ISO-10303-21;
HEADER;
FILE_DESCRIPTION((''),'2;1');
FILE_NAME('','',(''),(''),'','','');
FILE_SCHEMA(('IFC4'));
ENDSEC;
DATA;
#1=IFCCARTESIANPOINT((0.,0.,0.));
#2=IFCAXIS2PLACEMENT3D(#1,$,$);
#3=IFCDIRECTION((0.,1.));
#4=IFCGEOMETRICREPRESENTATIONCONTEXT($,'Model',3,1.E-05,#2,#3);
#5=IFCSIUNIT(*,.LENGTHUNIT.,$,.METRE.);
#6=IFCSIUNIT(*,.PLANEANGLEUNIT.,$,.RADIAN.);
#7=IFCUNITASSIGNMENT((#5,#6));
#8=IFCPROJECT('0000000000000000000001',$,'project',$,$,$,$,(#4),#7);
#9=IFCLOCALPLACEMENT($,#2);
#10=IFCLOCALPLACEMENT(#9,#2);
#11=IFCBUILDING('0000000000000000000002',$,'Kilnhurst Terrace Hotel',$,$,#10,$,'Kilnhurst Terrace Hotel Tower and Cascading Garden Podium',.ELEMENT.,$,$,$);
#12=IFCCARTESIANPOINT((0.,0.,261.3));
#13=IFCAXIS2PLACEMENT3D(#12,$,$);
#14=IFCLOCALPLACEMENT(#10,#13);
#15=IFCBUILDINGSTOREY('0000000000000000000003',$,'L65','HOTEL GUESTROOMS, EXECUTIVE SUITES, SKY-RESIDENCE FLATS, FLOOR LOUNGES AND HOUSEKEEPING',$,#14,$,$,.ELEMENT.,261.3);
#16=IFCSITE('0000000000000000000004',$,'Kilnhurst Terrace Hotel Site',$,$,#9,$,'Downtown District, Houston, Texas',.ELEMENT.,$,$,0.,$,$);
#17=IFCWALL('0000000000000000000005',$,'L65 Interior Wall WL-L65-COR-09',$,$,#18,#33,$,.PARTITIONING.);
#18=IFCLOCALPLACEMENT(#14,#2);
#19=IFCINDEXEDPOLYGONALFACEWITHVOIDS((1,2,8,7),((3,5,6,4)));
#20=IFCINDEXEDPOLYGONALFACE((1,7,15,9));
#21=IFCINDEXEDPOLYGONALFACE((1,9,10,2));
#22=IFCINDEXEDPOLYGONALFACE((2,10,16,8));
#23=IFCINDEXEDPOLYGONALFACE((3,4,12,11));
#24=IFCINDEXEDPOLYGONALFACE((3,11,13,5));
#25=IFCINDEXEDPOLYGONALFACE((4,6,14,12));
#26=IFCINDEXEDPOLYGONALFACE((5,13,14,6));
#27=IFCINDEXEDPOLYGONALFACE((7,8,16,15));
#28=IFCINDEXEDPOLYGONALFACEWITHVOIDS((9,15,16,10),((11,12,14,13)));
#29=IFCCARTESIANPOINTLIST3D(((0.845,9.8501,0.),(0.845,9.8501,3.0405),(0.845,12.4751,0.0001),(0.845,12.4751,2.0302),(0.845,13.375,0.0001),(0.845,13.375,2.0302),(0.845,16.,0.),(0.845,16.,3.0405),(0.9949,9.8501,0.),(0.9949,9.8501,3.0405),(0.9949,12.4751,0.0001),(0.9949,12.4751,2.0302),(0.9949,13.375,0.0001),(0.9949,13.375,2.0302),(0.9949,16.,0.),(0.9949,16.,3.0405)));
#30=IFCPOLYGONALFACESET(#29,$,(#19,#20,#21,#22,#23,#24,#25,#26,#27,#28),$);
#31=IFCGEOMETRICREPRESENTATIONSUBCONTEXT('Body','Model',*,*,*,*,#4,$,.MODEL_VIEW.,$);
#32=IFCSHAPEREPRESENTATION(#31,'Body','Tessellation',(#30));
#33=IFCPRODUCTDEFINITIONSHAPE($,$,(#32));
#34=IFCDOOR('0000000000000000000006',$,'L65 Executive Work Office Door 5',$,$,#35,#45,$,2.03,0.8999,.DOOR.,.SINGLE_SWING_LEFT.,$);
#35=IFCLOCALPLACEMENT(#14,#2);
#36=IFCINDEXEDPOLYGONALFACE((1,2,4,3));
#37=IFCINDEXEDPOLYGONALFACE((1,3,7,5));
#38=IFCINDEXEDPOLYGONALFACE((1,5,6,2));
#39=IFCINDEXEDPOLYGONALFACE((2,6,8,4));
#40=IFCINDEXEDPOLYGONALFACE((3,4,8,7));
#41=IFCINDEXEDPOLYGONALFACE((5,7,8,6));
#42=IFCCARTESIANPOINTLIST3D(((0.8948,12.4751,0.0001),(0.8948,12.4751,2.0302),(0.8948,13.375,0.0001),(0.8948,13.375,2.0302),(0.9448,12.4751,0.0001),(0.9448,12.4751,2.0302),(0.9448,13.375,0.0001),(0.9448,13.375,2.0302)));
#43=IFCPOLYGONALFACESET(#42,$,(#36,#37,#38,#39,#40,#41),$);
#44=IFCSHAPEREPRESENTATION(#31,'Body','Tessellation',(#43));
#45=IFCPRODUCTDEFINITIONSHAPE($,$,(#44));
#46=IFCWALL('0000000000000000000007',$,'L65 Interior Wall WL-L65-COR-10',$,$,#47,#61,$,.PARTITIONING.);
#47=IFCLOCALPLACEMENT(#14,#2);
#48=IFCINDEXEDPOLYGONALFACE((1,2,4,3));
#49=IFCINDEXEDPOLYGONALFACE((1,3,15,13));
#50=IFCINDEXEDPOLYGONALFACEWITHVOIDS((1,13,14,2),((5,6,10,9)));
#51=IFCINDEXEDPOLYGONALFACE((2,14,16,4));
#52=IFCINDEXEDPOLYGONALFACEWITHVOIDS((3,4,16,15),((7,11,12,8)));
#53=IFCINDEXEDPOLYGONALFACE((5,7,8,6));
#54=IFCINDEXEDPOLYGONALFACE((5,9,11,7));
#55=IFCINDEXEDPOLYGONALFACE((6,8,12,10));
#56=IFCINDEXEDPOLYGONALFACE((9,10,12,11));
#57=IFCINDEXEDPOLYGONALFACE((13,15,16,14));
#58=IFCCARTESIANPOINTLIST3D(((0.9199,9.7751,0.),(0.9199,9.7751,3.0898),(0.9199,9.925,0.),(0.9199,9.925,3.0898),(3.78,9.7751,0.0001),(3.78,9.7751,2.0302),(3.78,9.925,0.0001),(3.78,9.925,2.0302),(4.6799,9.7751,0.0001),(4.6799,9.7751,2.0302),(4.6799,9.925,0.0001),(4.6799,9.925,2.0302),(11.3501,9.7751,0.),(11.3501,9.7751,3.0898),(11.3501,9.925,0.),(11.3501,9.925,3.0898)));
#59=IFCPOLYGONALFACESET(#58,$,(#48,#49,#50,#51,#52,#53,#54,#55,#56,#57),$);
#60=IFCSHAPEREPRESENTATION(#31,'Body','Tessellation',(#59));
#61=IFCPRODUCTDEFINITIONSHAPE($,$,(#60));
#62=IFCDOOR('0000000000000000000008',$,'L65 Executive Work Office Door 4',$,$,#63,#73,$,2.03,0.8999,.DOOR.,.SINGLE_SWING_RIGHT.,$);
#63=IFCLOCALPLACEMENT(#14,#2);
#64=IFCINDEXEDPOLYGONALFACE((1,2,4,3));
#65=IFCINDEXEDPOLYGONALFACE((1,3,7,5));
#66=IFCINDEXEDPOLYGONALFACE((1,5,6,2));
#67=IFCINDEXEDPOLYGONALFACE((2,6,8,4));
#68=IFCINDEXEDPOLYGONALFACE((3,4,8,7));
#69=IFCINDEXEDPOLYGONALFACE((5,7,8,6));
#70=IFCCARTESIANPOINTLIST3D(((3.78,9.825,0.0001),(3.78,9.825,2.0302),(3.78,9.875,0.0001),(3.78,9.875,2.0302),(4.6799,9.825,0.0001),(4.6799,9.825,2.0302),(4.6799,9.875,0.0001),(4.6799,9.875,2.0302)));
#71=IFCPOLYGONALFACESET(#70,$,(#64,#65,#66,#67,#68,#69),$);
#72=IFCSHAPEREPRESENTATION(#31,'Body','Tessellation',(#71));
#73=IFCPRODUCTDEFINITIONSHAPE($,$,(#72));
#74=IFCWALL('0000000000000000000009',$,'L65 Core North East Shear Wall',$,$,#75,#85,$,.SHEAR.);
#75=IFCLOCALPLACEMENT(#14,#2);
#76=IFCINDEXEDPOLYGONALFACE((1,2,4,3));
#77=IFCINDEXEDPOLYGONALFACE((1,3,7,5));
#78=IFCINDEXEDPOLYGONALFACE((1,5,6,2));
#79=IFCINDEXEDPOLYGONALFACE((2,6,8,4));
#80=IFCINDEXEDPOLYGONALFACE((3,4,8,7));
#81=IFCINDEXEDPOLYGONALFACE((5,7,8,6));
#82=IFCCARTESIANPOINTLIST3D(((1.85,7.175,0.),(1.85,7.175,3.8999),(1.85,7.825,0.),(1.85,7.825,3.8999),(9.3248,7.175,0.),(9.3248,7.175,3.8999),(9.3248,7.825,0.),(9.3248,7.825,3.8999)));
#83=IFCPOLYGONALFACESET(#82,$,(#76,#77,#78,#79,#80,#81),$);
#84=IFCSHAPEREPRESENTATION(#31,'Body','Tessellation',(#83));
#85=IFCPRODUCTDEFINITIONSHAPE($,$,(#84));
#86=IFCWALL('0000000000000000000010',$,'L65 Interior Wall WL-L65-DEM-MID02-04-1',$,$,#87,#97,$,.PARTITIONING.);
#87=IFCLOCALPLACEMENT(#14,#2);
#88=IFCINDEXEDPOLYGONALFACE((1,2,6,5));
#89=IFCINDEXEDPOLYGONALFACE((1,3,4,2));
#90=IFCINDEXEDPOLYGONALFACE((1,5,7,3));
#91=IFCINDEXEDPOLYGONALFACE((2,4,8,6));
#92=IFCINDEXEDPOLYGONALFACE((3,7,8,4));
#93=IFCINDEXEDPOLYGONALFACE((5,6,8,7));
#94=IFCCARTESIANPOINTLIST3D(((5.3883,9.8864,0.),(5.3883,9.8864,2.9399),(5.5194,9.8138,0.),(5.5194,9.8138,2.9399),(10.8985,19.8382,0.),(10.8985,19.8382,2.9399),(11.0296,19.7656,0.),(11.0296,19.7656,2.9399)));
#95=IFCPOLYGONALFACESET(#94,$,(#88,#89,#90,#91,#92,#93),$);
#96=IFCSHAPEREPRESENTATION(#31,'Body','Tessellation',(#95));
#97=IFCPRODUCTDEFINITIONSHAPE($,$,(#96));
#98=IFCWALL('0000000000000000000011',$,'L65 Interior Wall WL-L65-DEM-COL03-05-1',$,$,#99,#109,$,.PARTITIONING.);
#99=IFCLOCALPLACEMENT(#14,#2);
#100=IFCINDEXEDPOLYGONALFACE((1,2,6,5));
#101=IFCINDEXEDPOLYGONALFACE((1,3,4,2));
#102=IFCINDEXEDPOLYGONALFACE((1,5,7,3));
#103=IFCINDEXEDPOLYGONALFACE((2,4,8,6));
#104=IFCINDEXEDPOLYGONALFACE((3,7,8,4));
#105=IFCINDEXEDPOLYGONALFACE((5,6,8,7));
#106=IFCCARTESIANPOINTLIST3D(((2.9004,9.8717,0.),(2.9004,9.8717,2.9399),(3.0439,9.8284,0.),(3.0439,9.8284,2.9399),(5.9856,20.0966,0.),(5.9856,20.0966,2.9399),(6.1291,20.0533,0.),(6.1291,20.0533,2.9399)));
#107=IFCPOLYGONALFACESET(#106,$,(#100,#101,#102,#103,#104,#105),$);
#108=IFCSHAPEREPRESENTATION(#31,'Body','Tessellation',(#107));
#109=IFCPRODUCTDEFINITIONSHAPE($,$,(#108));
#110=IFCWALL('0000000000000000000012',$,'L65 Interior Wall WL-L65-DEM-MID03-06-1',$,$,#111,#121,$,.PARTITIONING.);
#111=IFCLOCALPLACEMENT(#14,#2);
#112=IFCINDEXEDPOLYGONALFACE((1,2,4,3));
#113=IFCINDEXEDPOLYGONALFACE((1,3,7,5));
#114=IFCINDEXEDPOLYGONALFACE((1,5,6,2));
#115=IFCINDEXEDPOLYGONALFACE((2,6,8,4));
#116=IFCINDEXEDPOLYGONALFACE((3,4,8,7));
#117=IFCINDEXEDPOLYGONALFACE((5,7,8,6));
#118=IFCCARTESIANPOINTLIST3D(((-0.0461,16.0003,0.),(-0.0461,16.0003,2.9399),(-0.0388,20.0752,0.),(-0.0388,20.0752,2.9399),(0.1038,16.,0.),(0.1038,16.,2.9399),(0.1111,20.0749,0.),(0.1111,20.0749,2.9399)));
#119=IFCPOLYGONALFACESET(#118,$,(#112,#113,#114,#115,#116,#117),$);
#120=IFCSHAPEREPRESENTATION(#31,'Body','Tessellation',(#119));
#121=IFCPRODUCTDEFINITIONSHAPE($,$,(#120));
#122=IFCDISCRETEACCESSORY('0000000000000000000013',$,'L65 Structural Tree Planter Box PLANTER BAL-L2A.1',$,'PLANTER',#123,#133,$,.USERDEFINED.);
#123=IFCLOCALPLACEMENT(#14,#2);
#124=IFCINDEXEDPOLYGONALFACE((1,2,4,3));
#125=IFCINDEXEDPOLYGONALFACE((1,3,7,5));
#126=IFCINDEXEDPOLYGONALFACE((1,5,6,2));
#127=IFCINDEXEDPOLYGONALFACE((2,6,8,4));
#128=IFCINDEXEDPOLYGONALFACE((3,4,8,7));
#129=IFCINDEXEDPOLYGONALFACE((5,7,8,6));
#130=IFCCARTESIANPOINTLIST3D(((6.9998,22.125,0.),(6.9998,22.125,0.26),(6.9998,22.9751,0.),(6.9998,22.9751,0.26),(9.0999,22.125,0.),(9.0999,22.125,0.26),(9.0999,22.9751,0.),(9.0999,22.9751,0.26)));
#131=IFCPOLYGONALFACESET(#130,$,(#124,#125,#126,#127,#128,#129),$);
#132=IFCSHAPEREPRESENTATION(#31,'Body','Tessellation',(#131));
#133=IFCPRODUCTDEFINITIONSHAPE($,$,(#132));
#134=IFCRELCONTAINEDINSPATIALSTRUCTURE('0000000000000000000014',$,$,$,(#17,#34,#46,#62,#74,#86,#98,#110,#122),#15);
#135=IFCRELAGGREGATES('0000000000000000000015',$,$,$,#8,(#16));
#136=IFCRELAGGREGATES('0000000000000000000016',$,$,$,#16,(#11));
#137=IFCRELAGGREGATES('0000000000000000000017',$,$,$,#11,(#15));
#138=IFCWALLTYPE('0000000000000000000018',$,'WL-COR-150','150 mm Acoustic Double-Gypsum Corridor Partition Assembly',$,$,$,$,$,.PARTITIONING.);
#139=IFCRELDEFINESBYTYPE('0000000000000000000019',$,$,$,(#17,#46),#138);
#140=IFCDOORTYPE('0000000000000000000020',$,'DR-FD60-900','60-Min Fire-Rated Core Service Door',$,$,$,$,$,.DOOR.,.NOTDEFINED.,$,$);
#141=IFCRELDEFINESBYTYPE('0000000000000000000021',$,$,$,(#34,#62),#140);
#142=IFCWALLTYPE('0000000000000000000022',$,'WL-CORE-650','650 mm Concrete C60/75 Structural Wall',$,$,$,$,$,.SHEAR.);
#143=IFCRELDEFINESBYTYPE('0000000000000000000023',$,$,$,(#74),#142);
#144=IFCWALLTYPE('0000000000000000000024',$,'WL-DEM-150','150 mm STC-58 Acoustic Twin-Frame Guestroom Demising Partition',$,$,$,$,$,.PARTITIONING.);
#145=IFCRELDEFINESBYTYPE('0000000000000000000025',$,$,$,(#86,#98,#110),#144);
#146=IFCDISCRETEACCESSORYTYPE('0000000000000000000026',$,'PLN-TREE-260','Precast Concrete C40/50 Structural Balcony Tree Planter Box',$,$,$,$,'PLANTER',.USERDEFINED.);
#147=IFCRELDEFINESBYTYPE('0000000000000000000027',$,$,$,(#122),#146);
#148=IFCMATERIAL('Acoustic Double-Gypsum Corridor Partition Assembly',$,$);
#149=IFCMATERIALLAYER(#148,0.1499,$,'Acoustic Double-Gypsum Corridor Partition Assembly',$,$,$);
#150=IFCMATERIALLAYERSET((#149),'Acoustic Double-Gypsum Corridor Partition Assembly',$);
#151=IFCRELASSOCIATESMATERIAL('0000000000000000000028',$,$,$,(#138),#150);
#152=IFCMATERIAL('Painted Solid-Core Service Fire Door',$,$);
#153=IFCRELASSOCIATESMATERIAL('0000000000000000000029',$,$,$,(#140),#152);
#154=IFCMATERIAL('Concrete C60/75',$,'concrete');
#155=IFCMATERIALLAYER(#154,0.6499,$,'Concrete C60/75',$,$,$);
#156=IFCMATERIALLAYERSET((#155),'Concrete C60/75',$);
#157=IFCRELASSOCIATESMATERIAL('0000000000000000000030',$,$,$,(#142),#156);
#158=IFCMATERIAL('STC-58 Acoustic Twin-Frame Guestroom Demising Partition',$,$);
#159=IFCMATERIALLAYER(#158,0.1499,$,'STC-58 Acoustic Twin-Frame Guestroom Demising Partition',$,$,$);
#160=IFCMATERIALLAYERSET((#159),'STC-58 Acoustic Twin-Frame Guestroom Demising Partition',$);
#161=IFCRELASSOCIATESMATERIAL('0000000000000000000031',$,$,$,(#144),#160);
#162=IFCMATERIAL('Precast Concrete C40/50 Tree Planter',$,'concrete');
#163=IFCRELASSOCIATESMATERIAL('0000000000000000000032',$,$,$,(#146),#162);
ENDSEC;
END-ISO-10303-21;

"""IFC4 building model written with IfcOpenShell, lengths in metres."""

from ifc_helpers import new_model, si_unit, direction, frame, frame_2d, origin, origin_2d, place, context, subcontext, project, spatial, rectangle, extrude, material, layer, layer_set, type_object, element, fill, save


model = new_model("IFC4")

# Units and contexts
model_context = context("Model", 3, precision=1e-05, world=origin(), true_north=direction((0.0, 1.0)))
body_context = subcontext(model_context, "Body", "Model", "MODEL_VIEW")
ifc_project = project(units=[si_unit("LENGTHUNIT", "METRE"), si_unit("PLANEANGLEUNIT", "RADIAN")], contexts=[model_context])

# Site, building, storey
site_placement = place(None, origin())
site = spatial("IfcSite", under=ifc_project, at=site_placement, Name="Kilnhurst Terrace Hotel Site", LongName="Downtown District, Houston, Texas", CompositionType="ELEMENT", RefElevation=0.0)
building_placement = place(site_placement, origin())
building = spatial("IfcBuilding", under=site, at=building_placement, Name="Kilnhurst Terrace Hotel", LongName="Kilnhurst Terrace Hotel Tower and Cascading Garden Podium", CompositionType="ELEMENT")
storey_placement = place(building_placement, frame((0.0, 0.0, 261.3)))
storey = spatial("IfcBuildingStorey", under=building, at=storey_placement, Name="L65", Description="HOTEL GUESTROOMS, EXECUTIVE SUITES, SKY-RESIDENCE FLATS, FLOOR LOUNGES AND HOUSEKEEPING", CompositionType="ELEMENT", Elevation=261.3)

# Shared definitions
ifc_material_1 = material(Name="Concrete C60/75", Category="concrete")

# Walls, openings, doors
ifc_material_2 = material(Name="Acoustic Double-Gypsum Corridor Partition Assembly")
ifc_layer_1 = layer(ifc_material_2, 0.1499, Name="Acoustic Double-Gypsum Corridor Partition Assembly")
ifc_layer_set_1 = layer_set([ifc_layer_1], Name="Acoustic Double-Gypsum Corridor Partition Assembly")
wall_type_1 = type_object("IfcWallType", Name="WL-COR-150", Description="150 mm Acoustic Double-Gypsum Corridor Partition Assembly", PredefinedType="PARTITIONING", material=ifc_layer_set_1)
wall_1_placement = place(storey_placement, frame((0.9199, 16.0, 0.0), z_axis=(0.0, 0.0, 1.0), x_axis=(0.0, -1.0, 0.0)))
wall_1 = element("IfcWall", 1, at=wall_1_placement, inside=storey, type_object=wall_type_1, Name="L65 Interior Wall WL-L65-COR-09", PredefinedType="PARTITIONING", context=body_context, shape_type="SweptSolid", body=[
    extrude(rectangle(XDim=6.1499, YDim=0.1499, at=frame_2d((3.075, 0.0))), origin(), (0.0, 0.0, 1.0), 3.0405),
])
opening_1_placement = place(wall_1_placement, frame((2.625, 0.0, 0.0)))
opening_1 = element("IfcOpeningElement", 2, at=opening_1_placement, cuts=wall_1, PredefinedType="OPENING", context=body_context, shape_type="SweptSolid", body=[
    extrude(rectangle(XDim=0.8999, YDim=2.03, at=frame_2d((0.45, 1.0151))), frame((0.0, 0.085, 0.0), z_axis=(0.0, -1.0, 0.0), x_axis=(1.0, 0.0, 0.0)), (0.0, 0.0, 1.0), 0.1699),
])
ifc_material_3 = material(Name="Painted Solid-Core Service Fire Door")
door_type = type_object("IfcDoorType", Name="DR-FD60-900", Description="60-Min Fire-Rated Core Service Door", OperationType="NOTDEFINED", PredefinedType="DOOR", material=ifc_material_3)
door_1_placement = place(opening_1_placement, origin())
door_1 = element("IfcDoor", 3, at=door_1_placement, inside=storey, type_object=door_type, Name="L65 Executive Work Office Door 5", OperationType="SINGLE_SWING_LEFT", OverallHeight=2.03, OverallWidth=0.8999, PredefinedType="DOOR", context=body_context, shape_type="SweptSolid", body=[
    extrude(rectangle(XDim=0.8999, YDim=2.03, at=frame_2d((0.45, 1.0151))), frame((0.0, 0.0249, 0.0), z_axis=(0.0, -1.0, 0.0), x_axis=(1.0, 0.0, 0.0)), (0.0, 0.0, 1.0), 0.05),
])
fill(opening_1, door_1)
wall_2_placement = place(storey_placement, frame((0.9199, 9.8501, 0.0), z_axis=(0.0, 0.0, 1.0), x_axis=(1.0, 0.0, 0.0)))
wall_2 = element("IfcWall", 4, at=wall_2_placement, inside=storey, type_object=wall_type_1, Name="L65 Interior Wall WL-L65-COR-10", PredefinedType="PARTITIONING", context=body_context, shape_type="SweptSolid", body=[
    extrude(rectangle(XDim=10.4302, YDim=0.1499, at=frame_2d((5.2151, 0.0))), origin(), (0.0, 0.0, 1.0), 3.0898),
])
opening_2_placement = place(wall_2_placement, frame((2.8601, 0.0, 0.0)))
opening_2 = element("IfcOpeningElement", 5, at=opening_2_placement, cuts=wall_2, PredefinedType="OPENING", context=body_context, shape_type="SweptSolid", body=[
    extrude(rectangle(XDim=0.8999, YDim=2.03, at=frame_2d((0.45, 1.0151))), frame((0.0, 0.085, 0.0), z_axis=(0.0, -1.0, 0.0), x_axis=(1.0, 0.0, 0.0)), (0.0, 0.0, 1.0), 0.1699),
])
door_2_placement = place(opening_2_placement, origin())
door_2 = element("IfcDoor", 6, at=door_2_placement, inside=storey, type_object=door_type, Name="L65 Executive Work Office Door 4", OperationType="SINGLE_SWING_RIGHT", OverallHeight=2.03, OverallWidth=0.8999, PredefinedType="DOOR", context=body_context, shape_type="SweptSolid", body=[
    extrude(rectangle(XDim=0.8999, YDim=2.03, at=frame_2d((0.45, 1.0151))), frame((0.0, 0.0249, 0.0), z_axis=(0.0, -1.0, 0.0), x_axis=(1.0, 0.0, 0.0)), (0.0, 0.0, 1.0), 0.05),
])
fill(opening_2, door_2)

# Walls
ifc_layer_2 = layer(ifc_material_1, 0.6499, Name="Concrete C60/75")
ifc_layer_set_2 = layer_set([ifc_layer_2], Name="Concrete C60/75")
wall_type_2 = type_object("IfcWallType", Name="WL-CORE-650", Description="650 mm Concrete C60/75 Structural Wall", PredefinedType="SHEAR", material=ifc_layer_set_2)
wall_3_placement = place(storey_placement, frame((1.8501, 7.5, 0.0), z_axis=(0.0, 0.0, 1.0), x_axis=(1.0, 0.0, 0.0)))
element("IfcWall", 7, at=wall_3_placement, inside=storey, type_object=wall_type_2, Name="L65 Core North East Shear Wall", PredefinedType="SHEAR", context=body_context, shape_type="SweptSolid", body=[
    extrude(rectangle(XDim=7.4749, YDim=0.6499, at=frame_2d((3.7373, 0.0))), origin(), (0.0, 0.0, 1.0), 3.8999),
])
ifc_material_4 = material(Name="STC-58 Acoustic Twin-Frame Guestroom Demising Partition")
ifc_layer_3 = layer(ifc_material_4, 0.1499, Name="STC-58 Acoustic Twin-Frame Guestroom Demising Partition")
ifc_layer_set_3 = layer_set([ifc_layer_3], Name="STC-58 Acoustic Twin-Frame Guestroom Demising Partition")
wall_type_3 = type_object("IfcWallType", Name="WL-DEM-150", Description="150 mm STC-58 Acoustic Twin-Frame Guestroom Demising Partition", PredefinedType="PARTITIONING", material=ifc_layer_set_3)
wall_4_placement = place(storey_placement, frame((5.4539, 9.8501, 0.0), z_axis=(0.0, 0.0, 1.0), x_axis=(0.484394, 0.87485, 0.0)))
element("IfcWall", 8, at=wall_4_placement, inside=storey, type_object=wall_type_3, Name="L65 Interior Wall WL-L65-DEM-MID02-04-1", PredefinedType="PARTITIONING", context=body_context, shape_type="SweptSolid", body=[
    extrude(rectangle(XDim=11.3755, YDim=0.1499, at=frame_2d((5.6877, 0.0))), origin(), (0.0, 0.0, 1.0), 2.9399),
])
wall_5_placement = place(storey_placement, frame((2.9722, 9.8501, 0.0), z_axis=(0.0, 0.0, 1.0), x_axis=(0.288872, 0.957368, 0.0)))
element("IfcWall", 9, at=wall_5_placement, inside=storey, type_object=wall_type_3, Name="L65 Interior Wall WL-L65-DEM-COL03-05-1", PredefinedType="PARTITIONING", context=body_context, shape_type="SweptSolid", body=[
    extrude(rectangle(XDim=10.6802, YDim=0.1499, at=frame_2d((5.3401, 0.0))), origin(), (0.0, 0.0, 1.0), 2.9399),
])
wall_6_placement = place(storey_placement, frame((0.0288, 16.0, 0.0), z_axis=(0.0, 0.0, 1.0), x_axis=(0.001797, 0.999998, 0.0)))
element("IfcWall", 10, at=wall_6_placement, inside=storey, type_object=wall_type_3, Name="L65 Interior Wall WL-L65-DEM-MID03-06-1", PredefinedType="PARTITIONING", context=body_context, shape_type="SweptSolid", body=[
    extrude(rectangle(XDim=4.075, YDim=0.1499, at=frame_2d((2.0376, 0.0))), origin(), (0.0, 0.0, 1.0), 2.9399),
])

# Discrete accessory
ifc_material_5 = material(Name="Precast Concrete C40/50 Tree Planter", Category="concrete")
discrete_accessory_type = type_object("IfcDiscreteAccessoryType", Name="PLN-TREE-260", Description="Precast Concrete C40/50 Structural Balcony Tree Planter Box", ElementType="PLANTER", PredefinedType="USERDEFINED", material=ifc_material_5)
discrete_accessory_placement = place(storey_placement, frame((8.0498, 22.55, 0.0), z_axis=(0.0, 0.0, 1.0), x_axis=(-1.0, 0.0, 0.0)))
element("IfcDiscreteAccessory", 11, at=discrete_accessory_placement, inside=storey, type_object=discrete_accessory_type, Name="L65 Structural Tree Planter Box PLANTER BAL-L2A.1", ObjectType="PLANTER", PredefinedType="USERDEFINED", context=body_context, shape_type="SweptSolid", body=[
    extrude(rectangle(XDim=2.1001, YDim=0.8501, at=origin_2d()), origin(), (0.0, 0.0, 1.0), 0.26),
])

save(model, "model.ifc")
